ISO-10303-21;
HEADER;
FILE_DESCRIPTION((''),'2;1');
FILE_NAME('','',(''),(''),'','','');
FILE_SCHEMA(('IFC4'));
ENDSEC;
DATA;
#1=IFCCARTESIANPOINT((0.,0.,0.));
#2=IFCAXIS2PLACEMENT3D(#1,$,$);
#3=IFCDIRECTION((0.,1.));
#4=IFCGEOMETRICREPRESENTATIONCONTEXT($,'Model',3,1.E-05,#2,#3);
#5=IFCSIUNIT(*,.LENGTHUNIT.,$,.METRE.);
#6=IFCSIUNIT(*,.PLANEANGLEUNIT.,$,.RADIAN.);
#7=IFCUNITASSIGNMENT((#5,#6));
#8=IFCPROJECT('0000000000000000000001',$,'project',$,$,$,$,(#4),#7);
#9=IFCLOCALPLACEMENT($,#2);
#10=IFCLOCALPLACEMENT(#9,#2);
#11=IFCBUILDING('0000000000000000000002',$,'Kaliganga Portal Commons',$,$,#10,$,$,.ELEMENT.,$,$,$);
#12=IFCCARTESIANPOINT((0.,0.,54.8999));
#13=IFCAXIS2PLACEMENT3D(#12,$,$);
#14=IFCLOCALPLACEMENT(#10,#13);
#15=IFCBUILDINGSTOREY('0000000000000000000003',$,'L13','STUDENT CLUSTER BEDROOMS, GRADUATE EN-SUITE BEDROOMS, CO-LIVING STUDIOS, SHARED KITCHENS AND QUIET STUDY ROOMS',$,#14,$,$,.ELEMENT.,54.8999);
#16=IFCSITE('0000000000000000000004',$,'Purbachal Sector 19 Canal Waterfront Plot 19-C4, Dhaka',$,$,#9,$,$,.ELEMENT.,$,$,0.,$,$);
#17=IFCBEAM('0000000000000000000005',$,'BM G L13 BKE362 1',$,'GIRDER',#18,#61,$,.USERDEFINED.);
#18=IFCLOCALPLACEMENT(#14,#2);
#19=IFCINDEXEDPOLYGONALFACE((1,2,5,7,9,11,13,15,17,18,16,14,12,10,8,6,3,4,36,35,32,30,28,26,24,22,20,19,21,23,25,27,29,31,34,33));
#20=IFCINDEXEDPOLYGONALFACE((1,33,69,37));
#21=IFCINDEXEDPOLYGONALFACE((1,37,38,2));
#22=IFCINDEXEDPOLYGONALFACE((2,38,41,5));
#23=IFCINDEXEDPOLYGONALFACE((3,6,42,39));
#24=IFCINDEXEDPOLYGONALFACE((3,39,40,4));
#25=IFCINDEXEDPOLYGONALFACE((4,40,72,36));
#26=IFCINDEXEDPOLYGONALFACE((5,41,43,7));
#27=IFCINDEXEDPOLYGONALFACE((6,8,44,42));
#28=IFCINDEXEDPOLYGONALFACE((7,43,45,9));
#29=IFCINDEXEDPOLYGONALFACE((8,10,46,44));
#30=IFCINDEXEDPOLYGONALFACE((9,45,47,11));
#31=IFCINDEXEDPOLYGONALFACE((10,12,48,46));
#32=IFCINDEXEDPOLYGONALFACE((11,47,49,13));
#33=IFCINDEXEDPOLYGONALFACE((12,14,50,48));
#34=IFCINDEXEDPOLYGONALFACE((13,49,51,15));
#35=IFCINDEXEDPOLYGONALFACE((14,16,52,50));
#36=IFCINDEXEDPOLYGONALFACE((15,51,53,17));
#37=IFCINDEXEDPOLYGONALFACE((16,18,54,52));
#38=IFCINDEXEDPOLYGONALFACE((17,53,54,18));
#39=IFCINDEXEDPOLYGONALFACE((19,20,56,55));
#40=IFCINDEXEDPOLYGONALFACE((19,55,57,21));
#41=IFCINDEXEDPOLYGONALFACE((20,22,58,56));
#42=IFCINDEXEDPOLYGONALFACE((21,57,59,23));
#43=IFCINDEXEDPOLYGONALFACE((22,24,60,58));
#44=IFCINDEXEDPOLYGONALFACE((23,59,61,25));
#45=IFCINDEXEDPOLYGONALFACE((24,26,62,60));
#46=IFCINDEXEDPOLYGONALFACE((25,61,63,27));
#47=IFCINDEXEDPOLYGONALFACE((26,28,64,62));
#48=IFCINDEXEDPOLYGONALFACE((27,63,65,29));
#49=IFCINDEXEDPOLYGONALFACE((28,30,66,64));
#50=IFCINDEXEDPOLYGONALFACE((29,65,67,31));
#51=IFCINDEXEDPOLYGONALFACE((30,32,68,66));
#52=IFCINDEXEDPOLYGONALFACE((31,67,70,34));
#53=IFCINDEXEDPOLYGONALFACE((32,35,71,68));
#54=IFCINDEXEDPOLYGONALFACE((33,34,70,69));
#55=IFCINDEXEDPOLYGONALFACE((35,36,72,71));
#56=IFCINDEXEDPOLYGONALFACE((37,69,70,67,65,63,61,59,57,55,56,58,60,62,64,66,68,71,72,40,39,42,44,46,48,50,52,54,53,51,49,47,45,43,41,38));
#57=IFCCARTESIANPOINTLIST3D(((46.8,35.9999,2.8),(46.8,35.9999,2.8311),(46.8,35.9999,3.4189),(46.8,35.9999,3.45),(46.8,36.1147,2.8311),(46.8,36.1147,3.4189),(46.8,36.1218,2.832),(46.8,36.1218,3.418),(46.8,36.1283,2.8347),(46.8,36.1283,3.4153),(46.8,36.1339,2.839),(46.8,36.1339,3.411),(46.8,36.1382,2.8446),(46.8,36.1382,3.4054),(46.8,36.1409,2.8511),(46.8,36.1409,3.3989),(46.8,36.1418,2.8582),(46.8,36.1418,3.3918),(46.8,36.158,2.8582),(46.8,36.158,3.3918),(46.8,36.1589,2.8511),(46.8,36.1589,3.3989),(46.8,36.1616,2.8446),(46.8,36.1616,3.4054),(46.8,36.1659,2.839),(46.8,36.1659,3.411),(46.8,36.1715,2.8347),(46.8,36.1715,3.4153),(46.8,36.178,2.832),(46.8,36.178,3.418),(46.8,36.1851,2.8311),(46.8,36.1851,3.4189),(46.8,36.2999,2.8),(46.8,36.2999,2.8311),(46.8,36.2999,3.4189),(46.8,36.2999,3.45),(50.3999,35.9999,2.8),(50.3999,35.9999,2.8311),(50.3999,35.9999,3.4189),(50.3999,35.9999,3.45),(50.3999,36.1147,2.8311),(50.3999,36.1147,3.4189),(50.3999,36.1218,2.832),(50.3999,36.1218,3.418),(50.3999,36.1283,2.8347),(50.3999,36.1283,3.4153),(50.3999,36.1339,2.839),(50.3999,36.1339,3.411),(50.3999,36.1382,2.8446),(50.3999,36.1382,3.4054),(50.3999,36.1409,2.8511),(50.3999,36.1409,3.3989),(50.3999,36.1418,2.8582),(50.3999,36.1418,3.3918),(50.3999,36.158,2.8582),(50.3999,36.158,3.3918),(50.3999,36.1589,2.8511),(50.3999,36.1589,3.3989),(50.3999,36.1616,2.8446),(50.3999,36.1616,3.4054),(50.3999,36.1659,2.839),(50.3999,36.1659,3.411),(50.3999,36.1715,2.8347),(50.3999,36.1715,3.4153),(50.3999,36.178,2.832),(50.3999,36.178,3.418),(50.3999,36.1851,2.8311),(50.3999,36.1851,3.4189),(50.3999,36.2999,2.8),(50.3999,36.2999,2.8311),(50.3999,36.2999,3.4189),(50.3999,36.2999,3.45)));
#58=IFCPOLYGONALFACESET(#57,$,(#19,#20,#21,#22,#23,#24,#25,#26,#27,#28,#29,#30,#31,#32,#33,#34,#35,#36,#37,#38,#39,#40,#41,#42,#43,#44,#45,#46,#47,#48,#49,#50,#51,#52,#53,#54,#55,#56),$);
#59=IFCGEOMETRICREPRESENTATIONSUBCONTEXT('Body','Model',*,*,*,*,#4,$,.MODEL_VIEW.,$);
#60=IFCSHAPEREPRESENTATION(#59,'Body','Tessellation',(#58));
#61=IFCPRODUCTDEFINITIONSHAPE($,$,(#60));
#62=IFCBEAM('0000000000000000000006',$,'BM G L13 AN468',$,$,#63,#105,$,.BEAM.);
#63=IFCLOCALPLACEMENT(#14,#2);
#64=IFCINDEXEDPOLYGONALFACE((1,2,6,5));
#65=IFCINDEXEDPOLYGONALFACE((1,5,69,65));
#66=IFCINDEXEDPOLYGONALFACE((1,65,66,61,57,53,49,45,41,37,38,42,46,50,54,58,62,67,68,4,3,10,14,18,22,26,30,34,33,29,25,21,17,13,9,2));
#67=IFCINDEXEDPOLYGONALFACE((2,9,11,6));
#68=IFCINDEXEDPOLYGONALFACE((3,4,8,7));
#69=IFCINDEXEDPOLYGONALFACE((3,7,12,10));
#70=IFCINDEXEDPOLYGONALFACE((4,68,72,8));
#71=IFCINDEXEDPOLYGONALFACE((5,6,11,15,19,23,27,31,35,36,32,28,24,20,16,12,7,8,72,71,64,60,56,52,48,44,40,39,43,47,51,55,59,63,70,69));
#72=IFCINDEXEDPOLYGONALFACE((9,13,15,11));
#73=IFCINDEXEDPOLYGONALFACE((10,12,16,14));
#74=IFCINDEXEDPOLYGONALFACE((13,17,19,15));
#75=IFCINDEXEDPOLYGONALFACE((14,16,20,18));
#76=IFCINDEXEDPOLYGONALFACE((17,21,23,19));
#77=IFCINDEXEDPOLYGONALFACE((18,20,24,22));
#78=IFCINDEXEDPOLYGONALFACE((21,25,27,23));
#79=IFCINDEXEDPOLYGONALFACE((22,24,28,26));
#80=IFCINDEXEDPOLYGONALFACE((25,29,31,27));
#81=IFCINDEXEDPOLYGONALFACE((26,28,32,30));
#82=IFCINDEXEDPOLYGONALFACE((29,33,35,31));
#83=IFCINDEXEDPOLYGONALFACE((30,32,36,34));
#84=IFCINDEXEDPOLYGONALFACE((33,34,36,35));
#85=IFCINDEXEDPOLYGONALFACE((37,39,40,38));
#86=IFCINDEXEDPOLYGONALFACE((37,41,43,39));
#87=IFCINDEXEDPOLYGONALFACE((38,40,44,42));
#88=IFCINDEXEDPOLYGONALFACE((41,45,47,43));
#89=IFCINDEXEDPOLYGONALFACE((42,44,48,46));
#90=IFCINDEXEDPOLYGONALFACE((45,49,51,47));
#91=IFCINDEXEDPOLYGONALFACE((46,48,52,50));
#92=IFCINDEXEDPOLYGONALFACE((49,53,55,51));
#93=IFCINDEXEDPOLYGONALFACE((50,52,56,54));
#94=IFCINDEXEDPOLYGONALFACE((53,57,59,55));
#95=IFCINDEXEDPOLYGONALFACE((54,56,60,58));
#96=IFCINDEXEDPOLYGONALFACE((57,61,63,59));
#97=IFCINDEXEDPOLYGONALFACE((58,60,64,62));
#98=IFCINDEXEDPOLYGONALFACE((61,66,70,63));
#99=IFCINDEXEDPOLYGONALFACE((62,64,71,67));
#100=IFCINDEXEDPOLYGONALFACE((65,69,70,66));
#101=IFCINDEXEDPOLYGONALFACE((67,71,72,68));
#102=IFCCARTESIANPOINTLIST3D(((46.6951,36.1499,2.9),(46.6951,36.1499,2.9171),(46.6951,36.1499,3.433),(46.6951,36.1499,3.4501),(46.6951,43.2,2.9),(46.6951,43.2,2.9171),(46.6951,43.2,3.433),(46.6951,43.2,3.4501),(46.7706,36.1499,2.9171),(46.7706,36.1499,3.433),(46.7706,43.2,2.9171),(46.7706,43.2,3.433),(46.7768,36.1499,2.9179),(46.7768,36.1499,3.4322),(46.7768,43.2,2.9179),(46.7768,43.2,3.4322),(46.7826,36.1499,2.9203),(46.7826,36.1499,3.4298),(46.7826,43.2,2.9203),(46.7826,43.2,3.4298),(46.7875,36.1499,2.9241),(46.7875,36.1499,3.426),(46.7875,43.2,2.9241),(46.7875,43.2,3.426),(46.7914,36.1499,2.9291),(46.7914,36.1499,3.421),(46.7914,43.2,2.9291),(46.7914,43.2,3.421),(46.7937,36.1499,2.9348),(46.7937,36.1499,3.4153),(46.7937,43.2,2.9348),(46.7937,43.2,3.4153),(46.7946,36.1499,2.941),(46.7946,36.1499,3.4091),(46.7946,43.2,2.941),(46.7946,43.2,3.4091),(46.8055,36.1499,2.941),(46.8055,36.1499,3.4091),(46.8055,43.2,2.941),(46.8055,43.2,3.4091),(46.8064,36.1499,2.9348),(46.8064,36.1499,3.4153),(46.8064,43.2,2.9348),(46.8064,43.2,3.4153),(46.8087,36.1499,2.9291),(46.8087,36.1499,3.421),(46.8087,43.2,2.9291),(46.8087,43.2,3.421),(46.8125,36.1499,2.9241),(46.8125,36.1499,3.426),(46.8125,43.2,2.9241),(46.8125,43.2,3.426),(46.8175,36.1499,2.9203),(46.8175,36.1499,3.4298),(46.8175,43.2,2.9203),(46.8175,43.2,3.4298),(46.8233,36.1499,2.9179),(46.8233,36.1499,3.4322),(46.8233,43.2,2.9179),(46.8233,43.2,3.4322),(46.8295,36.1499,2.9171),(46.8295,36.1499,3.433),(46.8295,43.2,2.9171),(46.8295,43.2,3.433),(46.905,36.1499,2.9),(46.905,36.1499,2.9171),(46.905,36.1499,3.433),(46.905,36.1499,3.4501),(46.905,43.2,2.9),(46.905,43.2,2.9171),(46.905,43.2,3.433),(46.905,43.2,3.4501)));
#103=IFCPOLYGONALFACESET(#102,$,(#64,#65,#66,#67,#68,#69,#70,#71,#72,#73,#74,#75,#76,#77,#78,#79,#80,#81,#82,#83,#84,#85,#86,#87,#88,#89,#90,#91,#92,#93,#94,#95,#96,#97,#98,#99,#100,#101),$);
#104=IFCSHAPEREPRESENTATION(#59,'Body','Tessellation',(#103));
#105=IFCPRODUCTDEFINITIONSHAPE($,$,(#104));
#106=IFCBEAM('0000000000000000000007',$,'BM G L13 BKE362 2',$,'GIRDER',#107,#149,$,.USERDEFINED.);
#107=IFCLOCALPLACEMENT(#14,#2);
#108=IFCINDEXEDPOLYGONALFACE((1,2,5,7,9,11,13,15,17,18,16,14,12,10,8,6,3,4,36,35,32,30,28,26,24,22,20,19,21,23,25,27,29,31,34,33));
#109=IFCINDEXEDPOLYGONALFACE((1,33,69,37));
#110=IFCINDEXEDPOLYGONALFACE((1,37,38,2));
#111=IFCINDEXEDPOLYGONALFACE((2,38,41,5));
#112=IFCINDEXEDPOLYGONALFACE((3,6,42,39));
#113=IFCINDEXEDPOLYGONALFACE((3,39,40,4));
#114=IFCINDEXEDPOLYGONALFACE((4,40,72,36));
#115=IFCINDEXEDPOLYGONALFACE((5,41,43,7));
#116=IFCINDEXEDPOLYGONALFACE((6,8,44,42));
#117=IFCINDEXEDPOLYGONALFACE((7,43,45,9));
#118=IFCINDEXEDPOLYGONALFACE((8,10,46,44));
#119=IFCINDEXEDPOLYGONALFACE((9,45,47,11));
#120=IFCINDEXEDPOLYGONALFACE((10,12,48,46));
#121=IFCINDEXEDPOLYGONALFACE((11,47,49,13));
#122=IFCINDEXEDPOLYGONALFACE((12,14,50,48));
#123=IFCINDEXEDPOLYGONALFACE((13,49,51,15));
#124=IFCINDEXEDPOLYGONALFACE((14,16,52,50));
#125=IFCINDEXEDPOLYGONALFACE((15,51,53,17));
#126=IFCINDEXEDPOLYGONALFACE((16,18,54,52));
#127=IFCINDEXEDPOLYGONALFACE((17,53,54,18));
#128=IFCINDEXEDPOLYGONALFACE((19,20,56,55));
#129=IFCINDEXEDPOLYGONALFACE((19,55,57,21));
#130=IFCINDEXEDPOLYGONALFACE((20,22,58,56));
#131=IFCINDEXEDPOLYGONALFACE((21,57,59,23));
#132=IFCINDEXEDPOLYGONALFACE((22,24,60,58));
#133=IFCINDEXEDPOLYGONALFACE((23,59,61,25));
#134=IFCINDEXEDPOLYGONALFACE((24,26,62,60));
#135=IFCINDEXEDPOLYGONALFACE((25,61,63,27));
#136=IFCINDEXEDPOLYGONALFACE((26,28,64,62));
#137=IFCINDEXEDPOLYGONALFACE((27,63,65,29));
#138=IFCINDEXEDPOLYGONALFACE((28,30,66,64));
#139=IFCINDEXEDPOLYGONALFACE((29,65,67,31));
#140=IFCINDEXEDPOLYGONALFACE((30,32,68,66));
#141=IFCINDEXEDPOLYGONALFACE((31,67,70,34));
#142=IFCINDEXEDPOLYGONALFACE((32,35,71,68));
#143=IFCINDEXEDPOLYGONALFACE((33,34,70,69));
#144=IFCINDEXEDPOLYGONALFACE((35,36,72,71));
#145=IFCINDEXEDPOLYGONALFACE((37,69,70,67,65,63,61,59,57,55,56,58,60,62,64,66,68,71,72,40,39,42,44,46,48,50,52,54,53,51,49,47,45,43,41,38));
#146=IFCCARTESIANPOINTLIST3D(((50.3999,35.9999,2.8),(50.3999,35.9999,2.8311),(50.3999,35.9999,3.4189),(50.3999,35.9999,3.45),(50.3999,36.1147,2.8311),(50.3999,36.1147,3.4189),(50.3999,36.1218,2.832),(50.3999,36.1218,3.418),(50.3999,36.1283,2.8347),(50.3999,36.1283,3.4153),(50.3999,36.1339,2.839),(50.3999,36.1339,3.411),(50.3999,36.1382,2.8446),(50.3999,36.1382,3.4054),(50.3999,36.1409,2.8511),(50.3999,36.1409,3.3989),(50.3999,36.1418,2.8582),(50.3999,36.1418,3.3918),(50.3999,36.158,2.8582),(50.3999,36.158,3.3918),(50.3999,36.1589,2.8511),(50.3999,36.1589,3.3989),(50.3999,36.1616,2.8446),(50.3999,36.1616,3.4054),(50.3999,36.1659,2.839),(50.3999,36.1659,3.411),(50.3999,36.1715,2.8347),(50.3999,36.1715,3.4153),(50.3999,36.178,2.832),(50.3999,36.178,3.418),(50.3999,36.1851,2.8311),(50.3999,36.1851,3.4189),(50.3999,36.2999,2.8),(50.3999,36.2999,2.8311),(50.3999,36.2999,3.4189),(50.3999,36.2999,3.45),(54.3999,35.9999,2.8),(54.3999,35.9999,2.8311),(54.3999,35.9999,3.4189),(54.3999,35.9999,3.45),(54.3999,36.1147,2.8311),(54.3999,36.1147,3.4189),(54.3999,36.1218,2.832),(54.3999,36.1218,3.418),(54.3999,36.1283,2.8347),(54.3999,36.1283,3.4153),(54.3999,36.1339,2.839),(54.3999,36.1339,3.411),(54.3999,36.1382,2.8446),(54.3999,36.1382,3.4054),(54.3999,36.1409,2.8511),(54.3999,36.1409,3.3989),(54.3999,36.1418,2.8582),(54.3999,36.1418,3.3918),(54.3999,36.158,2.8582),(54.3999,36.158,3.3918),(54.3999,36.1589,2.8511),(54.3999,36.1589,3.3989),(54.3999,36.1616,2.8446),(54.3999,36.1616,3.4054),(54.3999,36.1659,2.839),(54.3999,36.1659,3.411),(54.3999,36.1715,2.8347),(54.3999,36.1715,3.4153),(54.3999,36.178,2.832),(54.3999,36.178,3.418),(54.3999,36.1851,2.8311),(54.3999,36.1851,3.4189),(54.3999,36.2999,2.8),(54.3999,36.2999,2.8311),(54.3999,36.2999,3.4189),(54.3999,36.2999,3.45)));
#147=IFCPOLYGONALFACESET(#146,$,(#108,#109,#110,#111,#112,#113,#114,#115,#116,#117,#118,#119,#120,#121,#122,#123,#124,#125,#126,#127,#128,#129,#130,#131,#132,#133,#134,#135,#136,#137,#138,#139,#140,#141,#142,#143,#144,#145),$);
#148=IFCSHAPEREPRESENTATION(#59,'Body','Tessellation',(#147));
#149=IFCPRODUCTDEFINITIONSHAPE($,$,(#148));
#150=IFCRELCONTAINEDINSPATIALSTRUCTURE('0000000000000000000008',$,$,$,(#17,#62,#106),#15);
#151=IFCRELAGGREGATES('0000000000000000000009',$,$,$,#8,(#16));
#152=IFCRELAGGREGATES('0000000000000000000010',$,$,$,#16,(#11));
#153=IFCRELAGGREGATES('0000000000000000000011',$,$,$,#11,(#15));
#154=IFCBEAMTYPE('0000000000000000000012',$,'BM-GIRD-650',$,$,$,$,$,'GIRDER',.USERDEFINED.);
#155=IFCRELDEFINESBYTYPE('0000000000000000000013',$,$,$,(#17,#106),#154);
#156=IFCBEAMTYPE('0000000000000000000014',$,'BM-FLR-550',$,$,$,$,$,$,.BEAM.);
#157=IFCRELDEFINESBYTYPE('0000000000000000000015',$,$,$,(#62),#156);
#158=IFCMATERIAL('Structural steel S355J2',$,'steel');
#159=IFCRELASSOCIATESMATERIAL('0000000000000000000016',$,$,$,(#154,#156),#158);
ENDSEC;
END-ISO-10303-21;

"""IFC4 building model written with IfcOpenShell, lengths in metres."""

from ifc_helpers import new_model, si_unit, direction, frame, origin, origin_2d, place, context, subcontext, project, spatial, i_section, extrude, source, transform, mapped, material, material_profile, profile_set, type_object, element, save


model = new_model("IFC4")

# Units and contexts
model_context = context("Model", 3, precision=1e-05, world=origin(), true_north=direction((0.0, 1.0)))
body_context = subcontext(model_context, "Body", "Model", "MODEL_VIEW")
ifc_project = project(units=[si_unit("LENGTHUNIT", "METRE"), si_unit("PLANEANGLEUNIT", "RADIAN")], contexts=[model_context])

# Site, building, storey
site_placement = place(None, origin())
site = spatial("IfcSite", under=ifc_project, at=site_placement, Name="Purbachal Sector 19 Canal Waterfront Plot 19-C4, Dhaka", CompositionType="ELEMENT", RefElevation=0.0)
building_placement = place(site_placement, origin())
building = spatial("IfcBuilding", under=site, at=building_placement, Name="Kaliganga Portal Commons", CompositionType="ELEMENT")
storey_placement = place(building_placement, frame((0.0, 0.0, 54.8999)))
storey = spatial("IfcBuildingStorey", under=building, at=storey_placement, Name="L13", Description="STUDENT CLUSTER BEDROOMS, GRADUATE EN-SUITE BEDROOMS, CO-LIVING STUDIOS, SHARED KITCHENS AND QUIET STUDY ROOMS", CompositionType="ELEMENT", Elevation=54.8999)

# Beams
ifc_material_1 = material(Name="Structural steel S355J2", Category="steel")
ifc_material_profile_1 = material_profile(ifc_material_1, i_section(OverallWidth=0.3, OverallDepth=0.6499, WebThickness=0.0161, FlangeThickness=0.031, FilletRadius=0.0271, at=origin_2d()), Name="HE 650 B")
ifc_profile_set_1 = profile_set([ifc_material_profile_1], Name="Structural steel S355J2 wide-flange")
beam_type_1 = type_object("IfcBeamType", Name="BM-GIRD-650", ElementType="GIRDER", PredefinedType="USERDEFINED", material=ifc_profile_set_1)
shared_shape_1 = source(origin(), body_context, "Body", "SweptSolid", [
    extrude(i_section(OverallWidth=0.3, OverallDepth=0.6499, WebThickness=0.0161, FlangeThickness=0.031, FilletRadius=0.0271, at=origin_2d()), origin(), (0.0, 0.0, 1.0), 3.5999),
])
beam_1_placement = place(storey_placement, frame((46.8, 36.1499, 3.125), z_axis=(1.0, 0.0, 0.0), x_axis=(0.0, 1.0, 0.0)))
element("IfcBeam", 1, at=beam_1_placement, inside=storey, type_object=beam_type_1, Name="BM G L13 BKE362 1", ObjectType="GIRDER", PredefinedType="USERDEFINED", context=body_context, shape_type="MappedRepresentation", body=[
    mapped(shared_shape_1, transform((0.0, 0.0, 0.0), x_axis=(1.0, 0.0, 0.0), y_axis=(0.0, 1.0, 0.0), z_axis=(0.0, 0.0, 1.0), scale=1.0)),
])
ifc_material_profile_2 = material_profile(ifc_material_1, i_section(OverallWidth=0.21, OverallDepth=0.55, WebThickness=0.011, FlangeThickness=0.0171, FilletRadius=0.0239, at=origin_2d()), Name="IPE 550")
ifc_profile_set_2 = profile_set([ifc_material_profile_2], Name="Structural steel S355J2 wide-flange")
beam_type_2 = type_object("IfcBeamType", Name="BM-FLR-550", PredefinedType="BEAM", material=ifc_profile_set_2)
shared_shape_2 = source(origin(), body_context, "Body", "SweptSolid", [
    extrude(i_section(OverallWidth=0.21, OverallDepth=0.55, WebThickness=0.011, FlangeThickness=0.0171, FilletRadius=0.0239, at=origin_2d()), origin(), (0.0, 0.0, 1.0), 7.05),
])
beam_2_placement = place(storey_placement, frame((46.8, 36.1499, 3.175), z_axis=(0.0, 1.0, 0.0), x_axis=(-1.0, 0.0, 0.0)))
element("IfcBeam", 2, at=beam_2_placement, inside=storey, type_object=beam_type_2, Name="BM G L13 AN468", PredefinedType="BEAM", context=body_context, shape_type="MappedRepresentation", body=[
    mapped(shared_shape_2, transform((0.0, 0.0, 0.0), x_axis=(1.0, 0.0, 0.0), y_axis=(0.0, 1.0, 0.0), z_axis=(0.0, 0.0, 1.0), scale=1.0)),
])
shared_shape_3 = source(origin(), body_context, "Body", "SweptSolid", [
    extrude(i_section(OverallWidth=0.3, OverallDepth=0.6499, WebThickness=0.0161, FlangeThickness=0.031, FilletRadius=0.0271, at=origin_2d()), origin(), (0.0, 0.0, 1.0), 4.0),
])
beam_3_placement = place(storey_placement, frame((50.3999, 36.1499, 3.125), z_axis=(1.0, 0.0, 0.0), x_axis=(0.0, 1.0, 0.0)))
element("IfcBeam", 3, at=beam_3_placement, inside=storey, type_object=beam_type_1, Name="BM G L13 BKE362 2", ObjectType="GIRDER", PredefinedType="USERDEFINED", context=body_context, shape_type="MappedRepresentation", body=[
    mapped(shared_shape_3, transform((0.0, 0.0, 0.0), x_axis=(1.0, 0.0, 0.0), y_axis=(0.0, 1.0, 0.0), z_axis=(0.0, 0.0, 1.0), scale=1.0)),
])

save(model, "model.ifc")
